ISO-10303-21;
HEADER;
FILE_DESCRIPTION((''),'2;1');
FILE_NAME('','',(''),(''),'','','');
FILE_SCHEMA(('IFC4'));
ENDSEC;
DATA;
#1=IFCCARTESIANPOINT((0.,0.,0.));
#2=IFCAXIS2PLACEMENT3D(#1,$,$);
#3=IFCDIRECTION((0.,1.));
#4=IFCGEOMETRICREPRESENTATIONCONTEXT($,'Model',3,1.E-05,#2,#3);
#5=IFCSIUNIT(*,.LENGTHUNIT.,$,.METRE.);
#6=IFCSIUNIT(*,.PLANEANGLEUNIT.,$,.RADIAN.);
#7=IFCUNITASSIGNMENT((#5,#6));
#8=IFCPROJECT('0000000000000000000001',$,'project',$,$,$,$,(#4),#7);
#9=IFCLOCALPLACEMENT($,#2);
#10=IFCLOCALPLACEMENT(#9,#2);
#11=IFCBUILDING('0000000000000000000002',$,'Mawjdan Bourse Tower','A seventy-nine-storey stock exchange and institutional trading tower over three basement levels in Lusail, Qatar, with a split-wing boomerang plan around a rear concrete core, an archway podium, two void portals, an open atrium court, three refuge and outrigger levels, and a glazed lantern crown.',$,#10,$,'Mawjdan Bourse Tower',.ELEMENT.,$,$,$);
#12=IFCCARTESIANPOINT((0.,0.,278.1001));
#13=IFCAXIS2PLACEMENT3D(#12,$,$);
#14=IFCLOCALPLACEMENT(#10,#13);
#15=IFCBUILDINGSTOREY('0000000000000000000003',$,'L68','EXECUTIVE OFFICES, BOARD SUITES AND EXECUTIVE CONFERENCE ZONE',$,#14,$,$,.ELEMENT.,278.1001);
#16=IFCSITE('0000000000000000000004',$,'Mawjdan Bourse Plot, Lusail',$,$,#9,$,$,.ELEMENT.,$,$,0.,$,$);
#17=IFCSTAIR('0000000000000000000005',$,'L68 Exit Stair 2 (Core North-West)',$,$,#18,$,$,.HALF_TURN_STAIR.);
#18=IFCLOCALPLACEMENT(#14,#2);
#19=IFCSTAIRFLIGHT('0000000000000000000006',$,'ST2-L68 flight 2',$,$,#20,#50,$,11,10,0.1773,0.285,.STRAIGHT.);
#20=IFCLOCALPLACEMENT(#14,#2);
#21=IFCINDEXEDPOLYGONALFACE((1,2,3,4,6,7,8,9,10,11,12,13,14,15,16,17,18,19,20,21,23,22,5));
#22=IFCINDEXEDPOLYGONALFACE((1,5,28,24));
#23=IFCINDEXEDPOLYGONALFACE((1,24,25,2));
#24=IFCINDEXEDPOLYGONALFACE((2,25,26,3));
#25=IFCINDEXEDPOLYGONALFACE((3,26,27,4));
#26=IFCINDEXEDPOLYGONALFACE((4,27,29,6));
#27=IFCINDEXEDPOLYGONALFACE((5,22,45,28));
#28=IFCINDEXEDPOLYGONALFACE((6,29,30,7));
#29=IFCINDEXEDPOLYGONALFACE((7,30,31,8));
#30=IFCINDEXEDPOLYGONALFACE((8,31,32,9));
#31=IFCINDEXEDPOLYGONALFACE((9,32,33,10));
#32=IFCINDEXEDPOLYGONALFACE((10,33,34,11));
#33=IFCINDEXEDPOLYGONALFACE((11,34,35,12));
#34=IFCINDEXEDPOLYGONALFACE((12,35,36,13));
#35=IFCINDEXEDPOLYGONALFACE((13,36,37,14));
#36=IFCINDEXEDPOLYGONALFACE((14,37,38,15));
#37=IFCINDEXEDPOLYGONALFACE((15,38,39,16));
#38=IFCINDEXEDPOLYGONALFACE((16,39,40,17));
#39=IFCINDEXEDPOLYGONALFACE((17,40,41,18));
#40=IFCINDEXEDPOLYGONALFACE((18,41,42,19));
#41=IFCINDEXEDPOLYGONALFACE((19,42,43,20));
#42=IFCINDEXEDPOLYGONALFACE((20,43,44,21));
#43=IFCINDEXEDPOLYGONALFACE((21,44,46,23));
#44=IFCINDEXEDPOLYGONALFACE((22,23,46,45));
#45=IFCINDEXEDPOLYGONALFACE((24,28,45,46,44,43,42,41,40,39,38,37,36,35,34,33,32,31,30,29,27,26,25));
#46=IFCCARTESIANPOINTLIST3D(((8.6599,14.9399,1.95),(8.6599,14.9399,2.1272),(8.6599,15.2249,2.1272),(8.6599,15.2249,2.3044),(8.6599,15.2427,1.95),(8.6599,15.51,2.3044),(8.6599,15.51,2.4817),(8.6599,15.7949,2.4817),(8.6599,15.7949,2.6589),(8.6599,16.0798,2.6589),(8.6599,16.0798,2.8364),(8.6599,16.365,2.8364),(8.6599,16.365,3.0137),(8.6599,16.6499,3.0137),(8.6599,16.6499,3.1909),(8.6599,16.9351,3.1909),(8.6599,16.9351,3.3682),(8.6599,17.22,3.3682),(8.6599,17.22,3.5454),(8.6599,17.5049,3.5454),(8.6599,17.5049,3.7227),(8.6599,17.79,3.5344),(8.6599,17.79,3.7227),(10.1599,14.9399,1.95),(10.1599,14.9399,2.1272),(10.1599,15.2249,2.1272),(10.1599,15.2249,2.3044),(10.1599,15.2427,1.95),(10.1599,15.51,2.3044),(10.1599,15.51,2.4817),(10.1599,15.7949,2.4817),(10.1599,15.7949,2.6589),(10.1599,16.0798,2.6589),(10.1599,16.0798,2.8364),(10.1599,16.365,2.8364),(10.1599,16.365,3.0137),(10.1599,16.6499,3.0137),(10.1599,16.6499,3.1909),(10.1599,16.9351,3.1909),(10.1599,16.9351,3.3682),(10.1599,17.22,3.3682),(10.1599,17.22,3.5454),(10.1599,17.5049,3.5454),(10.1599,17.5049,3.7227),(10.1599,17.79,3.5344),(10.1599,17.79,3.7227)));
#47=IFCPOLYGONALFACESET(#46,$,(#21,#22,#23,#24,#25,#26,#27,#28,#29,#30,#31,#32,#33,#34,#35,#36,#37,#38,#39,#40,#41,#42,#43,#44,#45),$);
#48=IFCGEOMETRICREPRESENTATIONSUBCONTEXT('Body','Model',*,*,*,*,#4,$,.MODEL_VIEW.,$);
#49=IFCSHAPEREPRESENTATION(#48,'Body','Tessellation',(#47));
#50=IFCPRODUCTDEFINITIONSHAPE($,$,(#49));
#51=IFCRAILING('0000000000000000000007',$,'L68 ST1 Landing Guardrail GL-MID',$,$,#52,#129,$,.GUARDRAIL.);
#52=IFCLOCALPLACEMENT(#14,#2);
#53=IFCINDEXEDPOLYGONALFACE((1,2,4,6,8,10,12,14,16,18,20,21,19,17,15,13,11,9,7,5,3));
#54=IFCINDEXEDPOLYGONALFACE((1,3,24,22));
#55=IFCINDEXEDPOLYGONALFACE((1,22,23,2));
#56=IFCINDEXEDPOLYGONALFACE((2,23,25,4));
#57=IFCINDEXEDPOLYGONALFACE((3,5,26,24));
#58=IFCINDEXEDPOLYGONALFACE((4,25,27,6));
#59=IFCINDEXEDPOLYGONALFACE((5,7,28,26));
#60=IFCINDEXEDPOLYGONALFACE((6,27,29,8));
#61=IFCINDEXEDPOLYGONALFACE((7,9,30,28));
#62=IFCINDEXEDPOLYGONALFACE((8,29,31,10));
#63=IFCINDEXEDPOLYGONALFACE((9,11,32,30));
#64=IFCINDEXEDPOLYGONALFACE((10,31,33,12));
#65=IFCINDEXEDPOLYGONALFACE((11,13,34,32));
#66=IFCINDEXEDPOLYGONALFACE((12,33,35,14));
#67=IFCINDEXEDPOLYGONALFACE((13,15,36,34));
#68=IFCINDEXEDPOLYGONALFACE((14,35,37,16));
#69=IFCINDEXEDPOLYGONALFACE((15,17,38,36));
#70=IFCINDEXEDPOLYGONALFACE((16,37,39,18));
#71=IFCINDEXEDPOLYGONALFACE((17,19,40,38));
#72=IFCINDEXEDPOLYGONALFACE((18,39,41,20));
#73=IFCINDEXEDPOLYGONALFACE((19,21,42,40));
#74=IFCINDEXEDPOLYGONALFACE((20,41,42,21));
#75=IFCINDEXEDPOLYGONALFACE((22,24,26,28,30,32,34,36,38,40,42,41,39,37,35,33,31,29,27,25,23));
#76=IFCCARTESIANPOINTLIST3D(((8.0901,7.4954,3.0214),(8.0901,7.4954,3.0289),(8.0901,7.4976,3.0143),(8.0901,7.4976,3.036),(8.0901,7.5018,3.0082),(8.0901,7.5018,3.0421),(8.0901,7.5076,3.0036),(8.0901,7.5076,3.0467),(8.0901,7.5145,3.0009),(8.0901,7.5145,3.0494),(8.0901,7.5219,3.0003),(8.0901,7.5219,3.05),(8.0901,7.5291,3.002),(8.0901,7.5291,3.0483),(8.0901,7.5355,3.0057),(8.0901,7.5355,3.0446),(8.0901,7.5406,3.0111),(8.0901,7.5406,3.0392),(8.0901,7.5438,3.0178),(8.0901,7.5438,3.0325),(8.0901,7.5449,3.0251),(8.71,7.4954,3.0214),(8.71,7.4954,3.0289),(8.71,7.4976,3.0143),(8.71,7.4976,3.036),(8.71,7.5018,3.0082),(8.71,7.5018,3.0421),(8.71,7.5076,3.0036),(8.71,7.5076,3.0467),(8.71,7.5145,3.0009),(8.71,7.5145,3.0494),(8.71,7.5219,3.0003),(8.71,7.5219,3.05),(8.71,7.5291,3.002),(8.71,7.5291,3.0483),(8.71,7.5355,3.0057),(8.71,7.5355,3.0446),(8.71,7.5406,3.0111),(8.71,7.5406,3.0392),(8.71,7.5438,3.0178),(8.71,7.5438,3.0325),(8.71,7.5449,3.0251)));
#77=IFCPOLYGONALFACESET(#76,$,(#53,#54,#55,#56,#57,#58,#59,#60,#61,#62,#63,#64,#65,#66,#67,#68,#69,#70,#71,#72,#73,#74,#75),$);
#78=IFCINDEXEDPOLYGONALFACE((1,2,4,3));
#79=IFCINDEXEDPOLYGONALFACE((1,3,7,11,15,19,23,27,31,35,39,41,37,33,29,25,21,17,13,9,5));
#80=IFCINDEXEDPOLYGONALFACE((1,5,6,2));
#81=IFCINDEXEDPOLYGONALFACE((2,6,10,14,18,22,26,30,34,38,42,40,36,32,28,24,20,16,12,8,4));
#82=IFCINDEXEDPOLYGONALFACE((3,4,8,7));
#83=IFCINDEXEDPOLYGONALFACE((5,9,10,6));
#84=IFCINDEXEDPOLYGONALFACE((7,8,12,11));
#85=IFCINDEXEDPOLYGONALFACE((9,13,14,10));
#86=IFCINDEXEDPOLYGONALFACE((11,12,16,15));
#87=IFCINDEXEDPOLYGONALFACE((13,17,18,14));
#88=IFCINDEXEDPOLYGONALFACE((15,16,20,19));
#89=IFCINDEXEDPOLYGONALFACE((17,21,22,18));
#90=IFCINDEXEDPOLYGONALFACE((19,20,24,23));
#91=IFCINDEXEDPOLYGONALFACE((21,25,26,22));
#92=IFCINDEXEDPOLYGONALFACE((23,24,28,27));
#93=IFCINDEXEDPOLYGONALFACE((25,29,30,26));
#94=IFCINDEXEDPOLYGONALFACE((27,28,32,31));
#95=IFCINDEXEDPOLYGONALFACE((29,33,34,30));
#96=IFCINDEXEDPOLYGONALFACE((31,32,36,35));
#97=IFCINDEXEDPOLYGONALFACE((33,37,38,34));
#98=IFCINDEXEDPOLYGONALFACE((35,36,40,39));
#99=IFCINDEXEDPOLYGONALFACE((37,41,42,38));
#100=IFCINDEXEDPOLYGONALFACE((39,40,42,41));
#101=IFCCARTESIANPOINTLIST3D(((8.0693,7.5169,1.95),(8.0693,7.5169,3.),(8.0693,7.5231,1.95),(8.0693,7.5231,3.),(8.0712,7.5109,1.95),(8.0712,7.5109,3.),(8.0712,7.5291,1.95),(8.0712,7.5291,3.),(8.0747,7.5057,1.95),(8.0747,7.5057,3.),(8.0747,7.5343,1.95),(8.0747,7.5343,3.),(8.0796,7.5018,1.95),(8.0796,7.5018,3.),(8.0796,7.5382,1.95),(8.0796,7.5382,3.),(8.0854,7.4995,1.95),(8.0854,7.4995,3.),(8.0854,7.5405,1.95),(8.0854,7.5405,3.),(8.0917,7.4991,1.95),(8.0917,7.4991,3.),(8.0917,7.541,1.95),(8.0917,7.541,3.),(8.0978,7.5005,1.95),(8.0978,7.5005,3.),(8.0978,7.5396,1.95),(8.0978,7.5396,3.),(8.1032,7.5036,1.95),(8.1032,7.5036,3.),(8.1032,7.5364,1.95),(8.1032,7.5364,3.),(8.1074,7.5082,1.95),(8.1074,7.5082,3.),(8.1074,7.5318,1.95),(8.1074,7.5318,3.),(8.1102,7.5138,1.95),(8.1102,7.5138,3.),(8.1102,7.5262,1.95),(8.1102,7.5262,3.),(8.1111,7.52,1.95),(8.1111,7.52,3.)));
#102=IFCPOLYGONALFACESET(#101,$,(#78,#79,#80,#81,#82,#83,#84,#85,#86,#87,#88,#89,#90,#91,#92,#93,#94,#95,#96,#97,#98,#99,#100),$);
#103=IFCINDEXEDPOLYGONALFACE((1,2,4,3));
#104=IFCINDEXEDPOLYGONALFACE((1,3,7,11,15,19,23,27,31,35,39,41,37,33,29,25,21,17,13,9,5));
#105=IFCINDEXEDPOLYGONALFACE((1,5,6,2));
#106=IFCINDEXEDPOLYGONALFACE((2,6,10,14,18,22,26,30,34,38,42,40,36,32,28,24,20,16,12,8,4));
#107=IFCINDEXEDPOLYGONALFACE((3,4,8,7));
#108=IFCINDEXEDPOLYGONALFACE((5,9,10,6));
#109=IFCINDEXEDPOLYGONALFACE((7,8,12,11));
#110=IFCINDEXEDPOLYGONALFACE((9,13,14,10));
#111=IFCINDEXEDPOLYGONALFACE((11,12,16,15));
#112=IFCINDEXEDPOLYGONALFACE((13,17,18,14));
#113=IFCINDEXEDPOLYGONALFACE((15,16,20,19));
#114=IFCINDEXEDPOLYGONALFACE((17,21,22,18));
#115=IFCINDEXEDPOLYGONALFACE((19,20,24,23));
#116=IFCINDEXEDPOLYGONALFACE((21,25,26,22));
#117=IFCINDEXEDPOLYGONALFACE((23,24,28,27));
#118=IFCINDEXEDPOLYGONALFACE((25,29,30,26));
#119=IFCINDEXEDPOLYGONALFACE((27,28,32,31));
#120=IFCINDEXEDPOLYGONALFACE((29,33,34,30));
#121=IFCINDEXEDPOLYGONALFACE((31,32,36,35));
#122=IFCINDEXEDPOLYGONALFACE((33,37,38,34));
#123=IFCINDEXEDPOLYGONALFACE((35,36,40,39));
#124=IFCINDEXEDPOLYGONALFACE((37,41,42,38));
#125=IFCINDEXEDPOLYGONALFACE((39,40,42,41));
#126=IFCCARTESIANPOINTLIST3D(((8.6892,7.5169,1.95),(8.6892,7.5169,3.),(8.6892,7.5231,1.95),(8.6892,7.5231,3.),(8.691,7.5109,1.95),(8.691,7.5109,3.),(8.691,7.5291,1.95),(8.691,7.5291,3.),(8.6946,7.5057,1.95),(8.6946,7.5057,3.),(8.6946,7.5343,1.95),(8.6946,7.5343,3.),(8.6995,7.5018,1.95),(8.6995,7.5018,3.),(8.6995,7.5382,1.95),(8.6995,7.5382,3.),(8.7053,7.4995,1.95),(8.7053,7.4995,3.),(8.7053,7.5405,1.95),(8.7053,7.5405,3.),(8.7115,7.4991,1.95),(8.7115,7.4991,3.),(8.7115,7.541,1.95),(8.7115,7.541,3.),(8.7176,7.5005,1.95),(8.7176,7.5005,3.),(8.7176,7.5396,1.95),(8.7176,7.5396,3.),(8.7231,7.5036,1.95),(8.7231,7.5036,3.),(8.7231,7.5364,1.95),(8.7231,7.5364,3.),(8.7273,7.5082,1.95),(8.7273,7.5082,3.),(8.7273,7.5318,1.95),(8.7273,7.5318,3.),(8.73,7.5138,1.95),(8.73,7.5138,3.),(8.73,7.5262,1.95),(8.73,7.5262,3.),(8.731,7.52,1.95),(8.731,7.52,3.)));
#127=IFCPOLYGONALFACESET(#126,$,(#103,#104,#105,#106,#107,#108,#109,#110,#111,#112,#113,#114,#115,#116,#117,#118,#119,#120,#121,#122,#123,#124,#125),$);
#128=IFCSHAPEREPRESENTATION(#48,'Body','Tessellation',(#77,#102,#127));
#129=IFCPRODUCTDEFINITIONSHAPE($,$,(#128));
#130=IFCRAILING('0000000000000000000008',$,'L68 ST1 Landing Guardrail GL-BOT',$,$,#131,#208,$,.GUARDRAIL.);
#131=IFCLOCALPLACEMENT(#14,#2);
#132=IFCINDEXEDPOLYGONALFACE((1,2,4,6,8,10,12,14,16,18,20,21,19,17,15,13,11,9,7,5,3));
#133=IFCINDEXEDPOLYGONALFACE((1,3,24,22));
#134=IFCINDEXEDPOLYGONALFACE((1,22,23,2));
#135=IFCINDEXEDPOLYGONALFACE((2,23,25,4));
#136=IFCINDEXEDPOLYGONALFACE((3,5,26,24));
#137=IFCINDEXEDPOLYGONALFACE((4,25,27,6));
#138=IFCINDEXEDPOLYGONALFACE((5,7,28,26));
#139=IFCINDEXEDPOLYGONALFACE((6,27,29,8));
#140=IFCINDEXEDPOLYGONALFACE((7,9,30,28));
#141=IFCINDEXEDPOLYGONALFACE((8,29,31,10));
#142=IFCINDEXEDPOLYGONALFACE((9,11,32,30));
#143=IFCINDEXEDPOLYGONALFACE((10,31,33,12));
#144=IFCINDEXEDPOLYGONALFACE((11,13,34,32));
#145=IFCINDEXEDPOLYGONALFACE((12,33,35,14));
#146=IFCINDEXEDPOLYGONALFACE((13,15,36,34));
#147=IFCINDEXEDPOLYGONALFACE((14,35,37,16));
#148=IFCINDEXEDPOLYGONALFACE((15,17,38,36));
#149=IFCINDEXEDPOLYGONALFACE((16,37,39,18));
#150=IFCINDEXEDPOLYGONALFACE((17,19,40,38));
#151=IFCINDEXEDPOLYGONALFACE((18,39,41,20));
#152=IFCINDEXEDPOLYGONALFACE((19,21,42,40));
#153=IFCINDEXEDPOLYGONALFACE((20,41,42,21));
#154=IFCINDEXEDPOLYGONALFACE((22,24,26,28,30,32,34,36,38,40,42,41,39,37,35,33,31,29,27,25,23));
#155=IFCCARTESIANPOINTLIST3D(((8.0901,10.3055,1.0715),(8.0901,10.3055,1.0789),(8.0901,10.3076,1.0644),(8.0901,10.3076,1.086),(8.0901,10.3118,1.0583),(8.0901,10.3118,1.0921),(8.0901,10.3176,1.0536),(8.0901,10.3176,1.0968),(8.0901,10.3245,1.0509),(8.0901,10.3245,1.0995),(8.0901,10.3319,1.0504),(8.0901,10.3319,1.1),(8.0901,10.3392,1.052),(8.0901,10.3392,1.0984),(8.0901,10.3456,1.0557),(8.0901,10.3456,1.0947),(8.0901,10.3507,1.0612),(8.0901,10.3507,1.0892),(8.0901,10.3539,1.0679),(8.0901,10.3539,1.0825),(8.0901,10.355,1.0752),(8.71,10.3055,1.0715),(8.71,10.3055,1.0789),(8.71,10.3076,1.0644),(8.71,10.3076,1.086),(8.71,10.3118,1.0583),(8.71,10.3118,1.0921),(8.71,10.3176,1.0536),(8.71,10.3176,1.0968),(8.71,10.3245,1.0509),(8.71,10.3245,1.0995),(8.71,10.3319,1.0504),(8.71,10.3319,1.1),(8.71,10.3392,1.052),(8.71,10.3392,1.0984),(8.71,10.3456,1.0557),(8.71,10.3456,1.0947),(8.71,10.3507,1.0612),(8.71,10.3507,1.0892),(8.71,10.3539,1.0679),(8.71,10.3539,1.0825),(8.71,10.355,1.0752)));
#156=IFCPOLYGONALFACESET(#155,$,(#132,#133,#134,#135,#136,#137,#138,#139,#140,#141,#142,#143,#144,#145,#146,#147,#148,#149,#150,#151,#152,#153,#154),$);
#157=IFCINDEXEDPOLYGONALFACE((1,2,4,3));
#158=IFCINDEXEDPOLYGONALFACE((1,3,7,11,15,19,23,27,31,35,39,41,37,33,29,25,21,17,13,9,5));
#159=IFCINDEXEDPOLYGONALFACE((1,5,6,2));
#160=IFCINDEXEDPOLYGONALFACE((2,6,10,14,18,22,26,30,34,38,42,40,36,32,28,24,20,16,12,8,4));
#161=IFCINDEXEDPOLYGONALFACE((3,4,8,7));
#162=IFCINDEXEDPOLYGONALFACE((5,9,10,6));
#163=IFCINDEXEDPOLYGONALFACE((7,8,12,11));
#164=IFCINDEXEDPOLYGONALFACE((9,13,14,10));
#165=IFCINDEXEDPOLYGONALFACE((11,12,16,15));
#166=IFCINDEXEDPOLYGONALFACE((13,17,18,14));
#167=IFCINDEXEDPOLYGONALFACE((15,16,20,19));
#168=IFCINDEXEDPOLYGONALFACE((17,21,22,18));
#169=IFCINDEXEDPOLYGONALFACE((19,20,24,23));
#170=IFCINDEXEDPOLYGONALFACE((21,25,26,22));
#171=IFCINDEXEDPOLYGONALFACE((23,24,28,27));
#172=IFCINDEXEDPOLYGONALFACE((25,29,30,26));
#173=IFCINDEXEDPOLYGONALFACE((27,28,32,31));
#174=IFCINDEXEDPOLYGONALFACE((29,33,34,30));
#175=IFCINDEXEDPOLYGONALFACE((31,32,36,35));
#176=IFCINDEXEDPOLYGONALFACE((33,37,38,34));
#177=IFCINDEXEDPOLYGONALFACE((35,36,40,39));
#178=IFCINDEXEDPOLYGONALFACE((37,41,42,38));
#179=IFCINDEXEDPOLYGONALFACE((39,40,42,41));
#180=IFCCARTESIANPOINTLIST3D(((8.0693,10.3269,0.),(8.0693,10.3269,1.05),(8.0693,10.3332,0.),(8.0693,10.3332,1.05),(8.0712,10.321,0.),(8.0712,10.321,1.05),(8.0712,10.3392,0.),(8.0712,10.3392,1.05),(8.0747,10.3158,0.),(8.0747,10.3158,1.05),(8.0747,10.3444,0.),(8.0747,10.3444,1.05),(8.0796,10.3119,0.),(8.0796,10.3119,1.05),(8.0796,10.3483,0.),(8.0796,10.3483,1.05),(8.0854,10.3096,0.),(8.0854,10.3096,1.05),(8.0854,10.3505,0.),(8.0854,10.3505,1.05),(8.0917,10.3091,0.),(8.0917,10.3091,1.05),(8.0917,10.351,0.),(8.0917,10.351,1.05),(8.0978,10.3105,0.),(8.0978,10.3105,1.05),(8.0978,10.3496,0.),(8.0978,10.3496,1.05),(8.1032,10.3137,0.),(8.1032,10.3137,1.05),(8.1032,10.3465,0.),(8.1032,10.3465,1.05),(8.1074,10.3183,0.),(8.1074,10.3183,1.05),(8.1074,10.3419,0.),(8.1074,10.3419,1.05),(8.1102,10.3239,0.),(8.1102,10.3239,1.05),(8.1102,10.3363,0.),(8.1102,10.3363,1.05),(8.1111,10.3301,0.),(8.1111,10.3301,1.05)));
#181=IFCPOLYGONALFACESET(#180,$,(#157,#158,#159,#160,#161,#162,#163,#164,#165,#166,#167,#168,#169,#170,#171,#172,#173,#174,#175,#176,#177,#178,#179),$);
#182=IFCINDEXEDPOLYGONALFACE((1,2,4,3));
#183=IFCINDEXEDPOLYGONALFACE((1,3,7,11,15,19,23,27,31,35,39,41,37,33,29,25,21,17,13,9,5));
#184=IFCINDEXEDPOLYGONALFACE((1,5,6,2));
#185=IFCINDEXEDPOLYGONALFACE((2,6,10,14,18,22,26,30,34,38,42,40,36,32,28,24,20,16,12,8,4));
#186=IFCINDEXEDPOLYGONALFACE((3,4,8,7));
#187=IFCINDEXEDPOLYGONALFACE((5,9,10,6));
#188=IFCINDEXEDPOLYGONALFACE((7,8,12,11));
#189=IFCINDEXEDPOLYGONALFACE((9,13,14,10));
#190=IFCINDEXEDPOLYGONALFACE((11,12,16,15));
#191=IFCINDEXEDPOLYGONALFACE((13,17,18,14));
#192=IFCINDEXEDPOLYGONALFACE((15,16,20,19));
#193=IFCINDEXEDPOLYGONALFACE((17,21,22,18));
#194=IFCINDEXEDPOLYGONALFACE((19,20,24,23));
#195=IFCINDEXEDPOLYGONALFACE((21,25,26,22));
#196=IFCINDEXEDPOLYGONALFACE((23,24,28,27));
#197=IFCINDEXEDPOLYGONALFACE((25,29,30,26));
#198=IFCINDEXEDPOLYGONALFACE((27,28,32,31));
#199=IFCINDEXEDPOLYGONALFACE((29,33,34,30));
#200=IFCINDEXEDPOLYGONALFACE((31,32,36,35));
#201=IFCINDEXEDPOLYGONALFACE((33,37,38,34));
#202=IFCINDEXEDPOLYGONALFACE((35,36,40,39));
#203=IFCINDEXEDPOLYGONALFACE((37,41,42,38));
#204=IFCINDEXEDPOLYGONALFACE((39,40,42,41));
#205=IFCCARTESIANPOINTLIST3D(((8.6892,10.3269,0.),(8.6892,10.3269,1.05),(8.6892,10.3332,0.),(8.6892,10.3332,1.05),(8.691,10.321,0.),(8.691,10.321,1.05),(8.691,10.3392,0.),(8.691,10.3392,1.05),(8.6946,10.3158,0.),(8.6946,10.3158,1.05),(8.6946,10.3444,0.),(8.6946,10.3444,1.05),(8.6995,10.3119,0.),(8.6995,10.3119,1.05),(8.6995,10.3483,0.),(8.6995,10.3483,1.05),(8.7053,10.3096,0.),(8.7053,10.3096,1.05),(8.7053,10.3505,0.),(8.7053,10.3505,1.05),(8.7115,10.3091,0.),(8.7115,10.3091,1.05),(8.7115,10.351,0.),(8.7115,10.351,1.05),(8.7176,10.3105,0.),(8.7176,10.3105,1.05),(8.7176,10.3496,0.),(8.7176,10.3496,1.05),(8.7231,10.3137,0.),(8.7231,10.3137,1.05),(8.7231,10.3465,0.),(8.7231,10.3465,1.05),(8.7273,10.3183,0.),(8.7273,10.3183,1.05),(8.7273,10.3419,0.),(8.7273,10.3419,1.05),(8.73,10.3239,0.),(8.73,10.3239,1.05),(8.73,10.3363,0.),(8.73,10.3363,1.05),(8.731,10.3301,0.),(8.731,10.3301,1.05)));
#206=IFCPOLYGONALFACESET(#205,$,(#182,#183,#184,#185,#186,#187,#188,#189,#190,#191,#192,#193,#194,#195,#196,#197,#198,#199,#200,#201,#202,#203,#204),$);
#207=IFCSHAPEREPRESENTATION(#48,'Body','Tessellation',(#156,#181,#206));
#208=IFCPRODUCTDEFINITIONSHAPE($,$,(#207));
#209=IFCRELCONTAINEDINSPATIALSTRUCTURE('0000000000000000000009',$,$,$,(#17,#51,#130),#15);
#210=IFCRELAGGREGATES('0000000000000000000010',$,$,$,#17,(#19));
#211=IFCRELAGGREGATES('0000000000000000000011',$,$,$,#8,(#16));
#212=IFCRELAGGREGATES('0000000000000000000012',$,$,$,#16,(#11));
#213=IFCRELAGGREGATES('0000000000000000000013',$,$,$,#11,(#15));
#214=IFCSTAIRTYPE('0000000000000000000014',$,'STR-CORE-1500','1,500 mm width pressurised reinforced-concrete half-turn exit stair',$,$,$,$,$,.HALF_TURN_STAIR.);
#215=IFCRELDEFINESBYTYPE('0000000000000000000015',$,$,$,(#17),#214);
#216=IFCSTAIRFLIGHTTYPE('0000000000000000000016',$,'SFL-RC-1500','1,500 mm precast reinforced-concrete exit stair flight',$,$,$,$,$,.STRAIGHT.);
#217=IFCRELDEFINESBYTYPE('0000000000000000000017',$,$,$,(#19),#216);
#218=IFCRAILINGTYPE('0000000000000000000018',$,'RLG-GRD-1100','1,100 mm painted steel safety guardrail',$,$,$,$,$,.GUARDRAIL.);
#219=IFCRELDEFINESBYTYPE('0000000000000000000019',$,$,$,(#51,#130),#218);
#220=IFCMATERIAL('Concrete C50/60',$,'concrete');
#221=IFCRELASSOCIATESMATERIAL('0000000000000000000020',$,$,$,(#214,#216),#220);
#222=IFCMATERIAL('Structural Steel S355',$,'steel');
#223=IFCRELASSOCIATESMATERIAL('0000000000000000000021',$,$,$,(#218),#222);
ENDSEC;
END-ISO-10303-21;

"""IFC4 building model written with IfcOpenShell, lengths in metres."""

from ifc_helpers import new_model, si_unit, direction, frame, origin, origin_2d, place, context, subcontext, project, spatial, polyline, circle, outline, extrude, material, type_object, element, aggregate, save


model = new_model("IFC4")

# Units and contexts
model_context = context("Model", 3, precision=1e-05, world=origin(), true_north=direction((0.0, 1.0)))
body_context = subcontext(model_context, "Body", "Model", "MODEL_VIEW")
ifc_project = project(units=[si_unit("LENGTHUNIT", "METRE"), si_unit("PLANEANGLEUNIT", "RADIAN")], contexts=[model_context])

# Site, building, storey
site_placement = place(None, origin())
site = spatial("IfcSite", under=ifc_project, at=site_placement, Name="Mawjdan Bourse Plot, Lusail", CompositionType="ELEMENT", RefElevation=0.0)
building_placement = place(site_placement, origin())
building = spatial("IfcBuilding", under=site, at=building_placement, Name="Mawjdan Bourse Tower", Description="A seventy-nine-storey stock exchange and institutional trading tower over three basement levels in Lusail, Qatar, with a split-wing boomerang plan around a rear concrete core, an archway podium, two void portals, an open atrium court, three refuge and outrigger levels, and a glazed lantern crown.", LongName="Mawjdan Bourse Tower", CompositionType="ELEMENT")
storey_placement = place(building_placement, frame((0.0, 0.0, 278.1001)))
storey = spatial("IfcBuildingStorey", under=building, at=storey_placement, Name="L68", Description="EXECUTIVE OFFICES, BOARD SUITES AND EXECUTIVE CONFERENCE ZONE", CompositionType="ELEMENT", Elevation=278.1001)

# Shared definitions
ifc_material_1 = material(Name="Concrete C50/60", Category="concrete")

# Shared definitions
stair_type = type_object("IfcStairType", Name="STR-CORE-1500", Description="1,500 mm width pressurised reinforced-concrete half-turn exit stair", PredefinedType="HALF_TURN_STAIR", material=ifc_material_1)
stair_flight_type = type_object("IfcStairFlightType", Name="SFL-RC-1500", Description="1,500 mm precast reinforced-concrete exit stair flight", PredefinedType="STRAIGHT", material=ifc_material_1)

# Stair, stair flight
stair_1_placement = place(storey_placement, origin())
stair_1 = element("IfcStair", 1, at=stair_1_placement, inside=storey, type_object=stair_type, Name="L68 Exit Stair 2 (Core North-West)", PredefinedType="HALF_TURN_STAIR")
stair_flight_1_placement = place(storey_placement, frame((9.4099, 14.9399, 1.95), z_axis=(0.0, 0.0, 1.0), x_axis=(0.0, 1.0, 0.0)))
stair_flight_1 = element("IfcStairFlight", 2, at=stair_flight_1_placement, type_object=stair_flight_type, Name="ST2-L68 flight 2", NumberOfRisers=11, NumberOfTreads=10, PredefinedType="STRAIGHT", RiserHeight=0.1773, TreadLength=0.285, context=body_context, shape_type="SweptSolid", body=[
    extrude(outline(polyline([(0.0, 0.0), (0.0, 0.1772), (0.2849, 0.1772), (0.2849, 0.3545), (0.5701, 0.3545), (0.5701, 0.5317), (0.855, 0.5317), (0.855, 0.709), (1.1399, 0.709), (1.1399, 0.8865), (1.425, 0.8865), (1.425, 1.0637), (1.71, 1.0637), (1.71, 1.241), (1.9951, 1.241), (1.9951, 1.4182), (2.28, 1.4182), (2.28, 1.5955), (2.5649, 1.5955), (2.5649, 1.7727), (2.8501, 1.7727), (2.8501, 1.95), (2.8501, 1.5845), (0.3027, 0.0), (0.0, 0.0)])), frame((0.0, 0.75, 0.0), z_axis=(0.0, -1.0, 0.0), x_axis=(1.0, 0.0, 0.0)), (0.0, 0.0, 1.0), 1.5),
])
aggregate(stair_1, [stair_flight_1])

# Railings
ifc_material_2 = material(Name="Structural Steel S355", Category="steel")
railing_type_1 = type_object("IfcRailingType", Name="RLG-GRD-1100", Description="1,100 mm painted steel safety guardrail", PredefinedType="GUARDRAIL", material=ifc_material_2)
for number, where, name in (
    (3, (8.0901, 7.52, 1.95), "L68 ST1 Landing Guardrail GL-MID"),
    (4, (8.0901, 10.3301, 0.0), "L68 ST1 Landing Guardrail GL-BOT"),
):
    element("IfcRailing", number, at=place(storey_placement, frame(where)), inside=storey, type_object=railing_type_1, Name=name, PredefinedType="GUARDRAIL", context=body_context, shape_type="SweptSolid", body=[
        extrude(circle(Radius=0.0249, at=origin_2d()), frame((0.0, 0.0, 1.0752), z_axis=(1.0, 0.0, 0.0), x_axis=(0.0, 1.0, 0.0)), (0.0, 0.0, 1.0), 0.6199),
        extrude(circle(Radius=0.021, at=origin_2d()), origin(), (0.0, 0.0, 1.0), 1.05),
        extrude(circle(Radius=0.021, at=origin_2d()), frame((0.6199, 0.0, 0.0)), (0.0, 0.0, 1.0), 1.05),
    ])

save(model, "model.ifc")
